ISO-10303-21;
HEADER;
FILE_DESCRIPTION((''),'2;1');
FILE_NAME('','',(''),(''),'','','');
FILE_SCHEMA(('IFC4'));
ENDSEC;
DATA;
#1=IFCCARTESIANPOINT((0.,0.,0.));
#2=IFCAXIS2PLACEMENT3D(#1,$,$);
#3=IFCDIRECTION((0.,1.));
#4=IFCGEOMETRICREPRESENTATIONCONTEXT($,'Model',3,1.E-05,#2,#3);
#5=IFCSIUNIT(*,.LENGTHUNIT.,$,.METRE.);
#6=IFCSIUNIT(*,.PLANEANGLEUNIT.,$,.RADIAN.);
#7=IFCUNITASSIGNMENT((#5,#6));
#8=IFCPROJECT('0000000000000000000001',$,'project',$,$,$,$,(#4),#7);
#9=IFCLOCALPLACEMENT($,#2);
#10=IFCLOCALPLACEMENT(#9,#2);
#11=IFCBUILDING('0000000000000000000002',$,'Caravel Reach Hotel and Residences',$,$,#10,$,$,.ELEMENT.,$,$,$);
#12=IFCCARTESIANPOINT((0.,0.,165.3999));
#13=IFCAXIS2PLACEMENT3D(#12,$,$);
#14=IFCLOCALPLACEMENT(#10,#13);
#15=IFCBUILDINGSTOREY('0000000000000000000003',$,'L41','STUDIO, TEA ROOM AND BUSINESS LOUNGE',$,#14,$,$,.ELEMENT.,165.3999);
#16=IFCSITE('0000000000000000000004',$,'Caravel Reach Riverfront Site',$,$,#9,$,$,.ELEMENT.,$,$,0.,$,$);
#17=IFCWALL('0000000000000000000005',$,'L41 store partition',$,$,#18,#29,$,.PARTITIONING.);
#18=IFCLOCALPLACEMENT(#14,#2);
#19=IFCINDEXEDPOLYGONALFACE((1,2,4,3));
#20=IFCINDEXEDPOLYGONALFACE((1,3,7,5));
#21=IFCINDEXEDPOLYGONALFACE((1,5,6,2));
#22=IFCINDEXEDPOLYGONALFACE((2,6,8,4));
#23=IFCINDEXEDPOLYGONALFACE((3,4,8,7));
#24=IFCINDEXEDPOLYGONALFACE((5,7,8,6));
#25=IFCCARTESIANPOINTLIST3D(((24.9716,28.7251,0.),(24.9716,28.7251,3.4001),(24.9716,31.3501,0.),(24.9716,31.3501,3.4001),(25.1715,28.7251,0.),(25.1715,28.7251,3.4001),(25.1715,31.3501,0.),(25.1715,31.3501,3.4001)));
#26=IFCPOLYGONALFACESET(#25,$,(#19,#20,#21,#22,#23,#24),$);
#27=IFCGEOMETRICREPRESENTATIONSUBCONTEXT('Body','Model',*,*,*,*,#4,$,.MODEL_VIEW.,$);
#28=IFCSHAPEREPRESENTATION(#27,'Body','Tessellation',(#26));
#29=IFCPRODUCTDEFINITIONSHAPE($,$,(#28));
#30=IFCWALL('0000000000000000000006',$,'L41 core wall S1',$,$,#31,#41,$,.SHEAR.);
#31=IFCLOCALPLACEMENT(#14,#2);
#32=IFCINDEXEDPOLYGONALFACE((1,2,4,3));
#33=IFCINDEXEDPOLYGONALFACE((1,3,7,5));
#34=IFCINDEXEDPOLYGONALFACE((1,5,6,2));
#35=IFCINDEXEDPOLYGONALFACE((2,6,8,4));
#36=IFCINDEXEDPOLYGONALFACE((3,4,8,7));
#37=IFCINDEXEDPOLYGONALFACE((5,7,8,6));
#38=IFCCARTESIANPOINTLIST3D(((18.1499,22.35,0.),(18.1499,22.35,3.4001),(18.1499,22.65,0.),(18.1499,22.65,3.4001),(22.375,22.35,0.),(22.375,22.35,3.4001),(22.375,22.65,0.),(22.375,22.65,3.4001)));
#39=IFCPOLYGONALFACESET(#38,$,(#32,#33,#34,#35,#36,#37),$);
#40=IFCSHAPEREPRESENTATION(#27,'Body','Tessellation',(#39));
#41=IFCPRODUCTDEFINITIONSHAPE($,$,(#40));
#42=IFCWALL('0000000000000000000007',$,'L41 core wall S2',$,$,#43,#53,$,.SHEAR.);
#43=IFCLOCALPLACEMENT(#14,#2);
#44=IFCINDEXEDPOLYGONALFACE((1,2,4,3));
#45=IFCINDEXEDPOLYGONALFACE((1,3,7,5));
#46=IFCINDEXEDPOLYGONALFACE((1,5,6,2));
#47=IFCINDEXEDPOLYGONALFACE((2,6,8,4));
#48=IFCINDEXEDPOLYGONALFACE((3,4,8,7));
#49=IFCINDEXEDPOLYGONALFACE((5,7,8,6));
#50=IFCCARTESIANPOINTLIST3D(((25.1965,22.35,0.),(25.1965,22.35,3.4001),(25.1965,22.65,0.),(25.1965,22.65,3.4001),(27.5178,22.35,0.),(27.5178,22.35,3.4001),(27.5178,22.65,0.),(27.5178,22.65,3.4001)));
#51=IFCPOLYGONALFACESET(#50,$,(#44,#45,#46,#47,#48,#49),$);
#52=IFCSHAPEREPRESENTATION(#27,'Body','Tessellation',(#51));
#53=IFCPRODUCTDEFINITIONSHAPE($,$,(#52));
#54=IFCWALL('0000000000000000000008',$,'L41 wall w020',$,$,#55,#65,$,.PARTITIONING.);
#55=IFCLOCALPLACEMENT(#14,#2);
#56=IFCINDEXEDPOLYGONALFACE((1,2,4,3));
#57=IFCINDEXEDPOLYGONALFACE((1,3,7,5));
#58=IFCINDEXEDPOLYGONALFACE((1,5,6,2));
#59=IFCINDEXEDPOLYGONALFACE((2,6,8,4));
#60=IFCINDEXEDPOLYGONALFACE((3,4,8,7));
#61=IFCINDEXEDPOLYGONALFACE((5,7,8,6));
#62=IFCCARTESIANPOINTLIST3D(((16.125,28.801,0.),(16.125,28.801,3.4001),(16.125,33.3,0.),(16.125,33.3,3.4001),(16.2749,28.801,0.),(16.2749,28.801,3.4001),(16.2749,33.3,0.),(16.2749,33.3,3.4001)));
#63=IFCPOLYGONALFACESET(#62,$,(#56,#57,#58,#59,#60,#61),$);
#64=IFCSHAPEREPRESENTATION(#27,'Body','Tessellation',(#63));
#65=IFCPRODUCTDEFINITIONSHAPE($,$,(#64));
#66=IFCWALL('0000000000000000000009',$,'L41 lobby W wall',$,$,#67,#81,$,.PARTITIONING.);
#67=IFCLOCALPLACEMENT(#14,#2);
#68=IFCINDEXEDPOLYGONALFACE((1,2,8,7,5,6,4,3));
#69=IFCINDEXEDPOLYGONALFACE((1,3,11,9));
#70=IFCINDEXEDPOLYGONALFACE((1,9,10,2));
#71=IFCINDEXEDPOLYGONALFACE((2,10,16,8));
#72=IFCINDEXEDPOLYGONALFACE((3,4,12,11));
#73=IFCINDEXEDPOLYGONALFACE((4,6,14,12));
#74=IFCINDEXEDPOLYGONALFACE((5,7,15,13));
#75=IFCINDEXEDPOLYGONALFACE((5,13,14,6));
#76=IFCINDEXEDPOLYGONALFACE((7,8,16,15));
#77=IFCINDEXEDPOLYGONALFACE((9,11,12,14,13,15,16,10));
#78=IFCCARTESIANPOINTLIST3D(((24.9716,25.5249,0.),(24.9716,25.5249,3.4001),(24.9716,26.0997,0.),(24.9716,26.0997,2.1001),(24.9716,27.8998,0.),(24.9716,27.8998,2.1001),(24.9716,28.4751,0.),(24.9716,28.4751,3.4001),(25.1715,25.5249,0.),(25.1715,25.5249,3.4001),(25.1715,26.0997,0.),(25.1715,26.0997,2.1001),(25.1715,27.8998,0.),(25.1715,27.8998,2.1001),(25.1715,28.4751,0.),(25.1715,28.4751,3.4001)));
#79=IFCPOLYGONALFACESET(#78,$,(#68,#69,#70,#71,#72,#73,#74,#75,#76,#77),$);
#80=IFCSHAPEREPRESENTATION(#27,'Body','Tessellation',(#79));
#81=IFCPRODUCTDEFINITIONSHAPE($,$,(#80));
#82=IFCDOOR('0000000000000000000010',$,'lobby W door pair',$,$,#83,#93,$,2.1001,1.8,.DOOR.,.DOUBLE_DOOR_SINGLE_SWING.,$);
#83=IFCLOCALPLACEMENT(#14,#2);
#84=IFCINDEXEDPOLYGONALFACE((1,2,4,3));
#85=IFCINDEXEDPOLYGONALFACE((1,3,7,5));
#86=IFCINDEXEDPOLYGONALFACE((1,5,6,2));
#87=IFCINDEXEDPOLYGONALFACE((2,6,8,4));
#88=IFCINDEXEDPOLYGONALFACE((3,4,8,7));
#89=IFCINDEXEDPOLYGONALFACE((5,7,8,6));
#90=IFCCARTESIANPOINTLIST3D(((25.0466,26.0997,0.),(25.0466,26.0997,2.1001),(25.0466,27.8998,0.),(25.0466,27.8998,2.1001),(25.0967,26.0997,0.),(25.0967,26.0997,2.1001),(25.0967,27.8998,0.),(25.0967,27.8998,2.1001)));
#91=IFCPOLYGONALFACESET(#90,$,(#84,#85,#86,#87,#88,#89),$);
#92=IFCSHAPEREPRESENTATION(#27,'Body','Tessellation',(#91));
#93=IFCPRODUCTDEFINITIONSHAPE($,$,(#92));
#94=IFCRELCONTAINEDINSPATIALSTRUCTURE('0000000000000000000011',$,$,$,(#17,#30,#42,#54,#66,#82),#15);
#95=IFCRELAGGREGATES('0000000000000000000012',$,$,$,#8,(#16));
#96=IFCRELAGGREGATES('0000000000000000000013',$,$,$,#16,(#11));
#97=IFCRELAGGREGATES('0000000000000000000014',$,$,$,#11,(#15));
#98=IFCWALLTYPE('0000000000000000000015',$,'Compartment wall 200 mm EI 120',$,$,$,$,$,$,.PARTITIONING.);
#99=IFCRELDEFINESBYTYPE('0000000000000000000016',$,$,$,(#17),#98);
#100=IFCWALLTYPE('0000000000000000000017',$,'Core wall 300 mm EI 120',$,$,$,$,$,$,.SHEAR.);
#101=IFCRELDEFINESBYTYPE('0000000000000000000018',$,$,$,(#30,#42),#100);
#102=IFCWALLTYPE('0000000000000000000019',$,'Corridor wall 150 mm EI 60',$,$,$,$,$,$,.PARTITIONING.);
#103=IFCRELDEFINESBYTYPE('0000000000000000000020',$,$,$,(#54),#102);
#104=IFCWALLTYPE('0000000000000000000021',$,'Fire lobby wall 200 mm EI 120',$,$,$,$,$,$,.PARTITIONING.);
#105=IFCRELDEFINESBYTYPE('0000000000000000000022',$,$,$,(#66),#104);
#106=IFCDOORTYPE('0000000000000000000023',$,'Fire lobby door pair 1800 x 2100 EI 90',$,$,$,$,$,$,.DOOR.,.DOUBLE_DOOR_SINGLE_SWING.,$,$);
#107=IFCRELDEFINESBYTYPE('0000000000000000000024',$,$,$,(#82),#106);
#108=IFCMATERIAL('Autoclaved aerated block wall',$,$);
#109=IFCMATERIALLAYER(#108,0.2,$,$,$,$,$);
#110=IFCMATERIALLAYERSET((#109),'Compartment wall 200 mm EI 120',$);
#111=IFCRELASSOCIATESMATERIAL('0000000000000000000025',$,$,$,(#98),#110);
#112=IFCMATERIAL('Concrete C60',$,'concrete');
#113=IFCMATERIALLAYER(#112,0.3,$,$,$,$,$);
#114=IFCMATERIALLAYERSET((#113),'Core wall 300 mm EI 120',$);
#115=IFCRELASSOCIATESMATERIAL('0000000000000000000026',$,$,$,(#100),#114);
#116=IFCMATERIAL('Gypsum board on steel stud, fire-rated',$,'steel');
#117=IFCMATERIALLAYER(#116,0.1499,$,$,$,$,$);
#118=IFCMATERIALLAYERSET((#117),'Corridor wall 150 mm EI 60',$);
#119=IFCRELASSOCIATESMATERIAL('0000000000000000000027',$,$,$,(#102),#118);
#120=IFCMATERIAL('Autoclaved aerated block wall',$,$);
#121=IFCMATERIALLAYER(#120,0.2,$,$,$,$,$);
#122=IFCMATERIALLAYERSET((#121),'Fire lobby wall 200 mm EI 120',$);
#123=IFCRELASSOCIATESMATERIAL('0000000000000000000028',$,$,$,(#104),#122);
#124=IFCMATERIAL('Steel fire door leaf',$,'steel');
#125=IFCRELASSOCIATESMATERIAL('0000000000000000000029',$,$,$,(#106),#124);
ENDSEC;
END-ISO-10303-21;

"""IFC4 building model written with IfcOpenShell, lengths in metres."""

from ifc_helpers import new_model, si_unit, direction, frame, frame_2d, origin, place, context, subcontext, project, spatial, rectangle, extrude, material, layer, layer_set, type_object, element, fill, save


model = new_model("IFC4")

# Units and contexts
model_context = context("Model", 3, precision=1e-05, world=origin(), true_north=direction((0.0, 1.0)))
body_context = subcontext(model_context, "Body", "Model", "MODEL_VIEW")
ifc_project = project(units=[si_unit("LENGTHUNIT", "METRE"), si_unit("PLANEANGLEUNIT", "RADIAN")], contexts=[model_context])

# Site, building, storey
site_placement = place(None, origin())
site = spatial("IfcSite", under=ifc_project, at=site_placement, Name="Caravel Reach Riverfront Site", CompositionType="ELEMENT", RefElevation=0.0)
building_placement = place(site_placement, origin())
building = spatial("IfcBuilding", under=site, at=building_placement, Name="Caravel Reach Hotel and Residences", CompositionType="ELEMENT")
storey_placement = place(building_placement, frame((0.0, 0.0, 165.3999)))
storey = spatial("IfcBuildingStorey", under=building, at=storey_placement, Name="L41", Description="STUDIO, TEA ROOM AND BUSINESS LOUNGE", CompositionType="ELEMENT", Elevation=165.3999)

# Walls
ifc_material_1 = material(Name="Autoclaved aerated block wall")
ifc_layer_1 = layer(ifc_material_1, 0.2)
ifc_layer_set_1 = layer_set([ifc_layer_1], Name="Compartment wall 200 mm EI 120")
wall_type_1 = type_object("IfcWallType", Name="Compartment wall 200 mm EI 120", PredefinedType="PARTITIONING", material=ifc_layer_set_1)
wall_1_placement = place(storey_placement, frame((25.0715, 28.7251, 0.0), z_axis=(0.0, 0.0, 1.0), x_axis=(0.0, 1.0, 0.0)))
element("IfcWall", 1, at=wall_1_placement, inside=storey, type_object=wall_type_1, Name="L41 store partition", PredefinedType="PARTITIONING", context=body_context, shape_type="SweptSolid", body=[
    extrude(rectangle(XDim=2.625, YDim=0.2, at=frame_2d((1.3125, 0.0))), origin(), (0.0, 0.0, 1.0), 3.4001),
])
ifc_material_2 = material(Name="Concrete C60", Category="concrete")
ifc_layer_2 = layer(ifc_material_2, 0.3)
ifc_layer_set_2 = layer_set([ifc_layer_2], Name="Core wall 300 mm EI 120")
wall_type_2 = type_object("IfcWallType", Name="Core wall 300 mm EI 120", PredefinedType="SHEAR", material=ifc_layer_set_2)
wall_2_placement = place(storey_placement, frame((18.1499, 22.5, 0.0), z_axis=(0.0, 0.0, 1.0), x_axis=(1.0, 0.0, 0.0)))
element("IfcWall", 2, at=wall_2_placement, inside=storey, type_object=wall_type_2, Name="L41 core wall S1", PredefinedType="SHEAR", context=body_context, shape_type="SweptSolid", body=[
    extrude(rectangle(XDim=4.2251, YDim=0.3, at=frame_2d((2.1125, 0.0))), origin(), (0.0, 0.0, 1.0), 3.4001),
])
wall_3_placement = place(storey_placement, frame((25.1965, 22.5, 0.0), z_axis=(0.0, 0.0, 1.0), x_axis=(1.0, 0.0, 0.0)))
element("IfcWall", 3, at=wall_3_placement, inside=storey, type_object=wall_type_2, Name="L41 core wall S2", PredefinedType="SHEAR", context=body_context, shape_type="SweptSolid", body=[
    extrude(rectangle(XDim=2.3213, YDim=0.3, at=frame_2d((1.1606, 0.0))), origin(), (0.0, 0.0, 1.0), 3.4001),
])
ifc_material_3 = material(Name="Gypsum board on steel stud, fire-rated", Category="steel")
ifc_layer_3 = layer(ifc_material_3, 0.1499)
ifc_layer_set_3 = layer_set([ifc_layer_3], Name="Corridor wall 150 mm EI 60")
wall_type_3 = type_object("IfcWallType", Name="Corridor wall 150 mm EI 60", PredefinedType="PARTITIONING", material=ifc_layer_set_3)
wall_4_placement = place(storey_placement, frame((16.2, 28.801, 0.0), z_axis=(0.0, 0.0, 1.0), x_axis=(0.0, 1.0, 0.0)))
element("IfcWall", 4, at=wall_4_placement, inside=storey, type_object=wall_type_3, Name="L41 wall w020", PredefinedType="PARTITIONING", context=body_context, shape_type="SweptSolid", body=[
    extrude(rectangle(XDim=4.499, YDim=0.1499, at=frame_2d((2.2495, 0.0))), origin(), (0.0, 0.0, 1.0), 3.4001),
])

# Wall, opening, door
ifc_material_4 = material(Name="Autoclaved aerated block wall")
ifc_layer_4 = layer(ifc_material_4, 0.2)
ifc_layer_set_4 = layer_set([ifc_layer_4], Name="Fire lobby wall 200 mm EI 120")
wall_type_4 = type_object("IfcWallType", Name="Fire lobby wall 200 mm EI 120", PredefinedType="PARTITIONING", material=ifc_layer_set_4)
wall_5_placement = place(storey_placement, frame((25.0715, 25.5249, 0.0), z_axis=(0.0, 0.0, 1.0), x_axis=(0.0, 1.0, 0.0)))
wall_5 = element("IfcWall", 5, at=wall_5_placement, inside=storey, type_object=wall_type_4, Name="L41 lobby W wall", PredefinedType="PARTITIONING", context=body_context, shape_type="SweptSolid", body=[
    extrude(rectangle(XDim=2.9502, YDim=0.2, at=frame_2d((1.4751, 0.0))), origin(), (0.0, 0.0, 1.0), 3.4001),
])
opening_1_placement = place(wall_5_placement, frame((0.575, 0.0, 0.0)))
opening_1 = element("IfcOpeningElement", 6, at=opening_1_placement, cuts=wall_5, PredefinedType="OPENING", context=body_context, shape_type="SweptSolid", body=[
    extrude(rectangle(XDim=1.8, YDim=2.1001, at=frame_2d((0.8999, 1.05))), frame((0.0, 0.1099, 0.0), z_axis=(0.0, -1.0, 0.0), x_axis=(1.0, 0.0, 0.0)), (0.0, 0.0, 1.0), 0.22),
])
ifc_material_5 = material(Name="Steel fire door leaf", Category="steel")
door_type_1 = type_object("IfcDoorType", Name="Fire lobby door pair 1800 x 2100 EI 90", OperationType="DOUBLE_DOOR_SINGLE_SWING", PredefinedType="DOOR", material=ifc_material_5)
door_1_placement = place(opening_1_placement, origin())
door_1 = element("IfcDoor", 7, at=door_1_placement, inside=storey, type_object=door_type_1, Name="lobby W door pair", OperationType="DOUBLE_DOOR_SINGLE_SWING", OverallHeight=2.1001, OverallWidth=1.8, PredefinedType="DOOR", context=body_context, shape_type="SweptSolid", body=[
    extrude(rectangle(XDim=1.8, YDim=2.1001, at=frame_2d((0.8999, 1.05))), frame((0.0, 0.0249, 0.0), z_axis=(0.0, -1.0, 0.0), x_axis=(1.0, 0.0, 0.0)), (0.0, 0.0, 1.0), 0.05),
])
fill(opening_1, door_1)

save(model, "model.ifc")
